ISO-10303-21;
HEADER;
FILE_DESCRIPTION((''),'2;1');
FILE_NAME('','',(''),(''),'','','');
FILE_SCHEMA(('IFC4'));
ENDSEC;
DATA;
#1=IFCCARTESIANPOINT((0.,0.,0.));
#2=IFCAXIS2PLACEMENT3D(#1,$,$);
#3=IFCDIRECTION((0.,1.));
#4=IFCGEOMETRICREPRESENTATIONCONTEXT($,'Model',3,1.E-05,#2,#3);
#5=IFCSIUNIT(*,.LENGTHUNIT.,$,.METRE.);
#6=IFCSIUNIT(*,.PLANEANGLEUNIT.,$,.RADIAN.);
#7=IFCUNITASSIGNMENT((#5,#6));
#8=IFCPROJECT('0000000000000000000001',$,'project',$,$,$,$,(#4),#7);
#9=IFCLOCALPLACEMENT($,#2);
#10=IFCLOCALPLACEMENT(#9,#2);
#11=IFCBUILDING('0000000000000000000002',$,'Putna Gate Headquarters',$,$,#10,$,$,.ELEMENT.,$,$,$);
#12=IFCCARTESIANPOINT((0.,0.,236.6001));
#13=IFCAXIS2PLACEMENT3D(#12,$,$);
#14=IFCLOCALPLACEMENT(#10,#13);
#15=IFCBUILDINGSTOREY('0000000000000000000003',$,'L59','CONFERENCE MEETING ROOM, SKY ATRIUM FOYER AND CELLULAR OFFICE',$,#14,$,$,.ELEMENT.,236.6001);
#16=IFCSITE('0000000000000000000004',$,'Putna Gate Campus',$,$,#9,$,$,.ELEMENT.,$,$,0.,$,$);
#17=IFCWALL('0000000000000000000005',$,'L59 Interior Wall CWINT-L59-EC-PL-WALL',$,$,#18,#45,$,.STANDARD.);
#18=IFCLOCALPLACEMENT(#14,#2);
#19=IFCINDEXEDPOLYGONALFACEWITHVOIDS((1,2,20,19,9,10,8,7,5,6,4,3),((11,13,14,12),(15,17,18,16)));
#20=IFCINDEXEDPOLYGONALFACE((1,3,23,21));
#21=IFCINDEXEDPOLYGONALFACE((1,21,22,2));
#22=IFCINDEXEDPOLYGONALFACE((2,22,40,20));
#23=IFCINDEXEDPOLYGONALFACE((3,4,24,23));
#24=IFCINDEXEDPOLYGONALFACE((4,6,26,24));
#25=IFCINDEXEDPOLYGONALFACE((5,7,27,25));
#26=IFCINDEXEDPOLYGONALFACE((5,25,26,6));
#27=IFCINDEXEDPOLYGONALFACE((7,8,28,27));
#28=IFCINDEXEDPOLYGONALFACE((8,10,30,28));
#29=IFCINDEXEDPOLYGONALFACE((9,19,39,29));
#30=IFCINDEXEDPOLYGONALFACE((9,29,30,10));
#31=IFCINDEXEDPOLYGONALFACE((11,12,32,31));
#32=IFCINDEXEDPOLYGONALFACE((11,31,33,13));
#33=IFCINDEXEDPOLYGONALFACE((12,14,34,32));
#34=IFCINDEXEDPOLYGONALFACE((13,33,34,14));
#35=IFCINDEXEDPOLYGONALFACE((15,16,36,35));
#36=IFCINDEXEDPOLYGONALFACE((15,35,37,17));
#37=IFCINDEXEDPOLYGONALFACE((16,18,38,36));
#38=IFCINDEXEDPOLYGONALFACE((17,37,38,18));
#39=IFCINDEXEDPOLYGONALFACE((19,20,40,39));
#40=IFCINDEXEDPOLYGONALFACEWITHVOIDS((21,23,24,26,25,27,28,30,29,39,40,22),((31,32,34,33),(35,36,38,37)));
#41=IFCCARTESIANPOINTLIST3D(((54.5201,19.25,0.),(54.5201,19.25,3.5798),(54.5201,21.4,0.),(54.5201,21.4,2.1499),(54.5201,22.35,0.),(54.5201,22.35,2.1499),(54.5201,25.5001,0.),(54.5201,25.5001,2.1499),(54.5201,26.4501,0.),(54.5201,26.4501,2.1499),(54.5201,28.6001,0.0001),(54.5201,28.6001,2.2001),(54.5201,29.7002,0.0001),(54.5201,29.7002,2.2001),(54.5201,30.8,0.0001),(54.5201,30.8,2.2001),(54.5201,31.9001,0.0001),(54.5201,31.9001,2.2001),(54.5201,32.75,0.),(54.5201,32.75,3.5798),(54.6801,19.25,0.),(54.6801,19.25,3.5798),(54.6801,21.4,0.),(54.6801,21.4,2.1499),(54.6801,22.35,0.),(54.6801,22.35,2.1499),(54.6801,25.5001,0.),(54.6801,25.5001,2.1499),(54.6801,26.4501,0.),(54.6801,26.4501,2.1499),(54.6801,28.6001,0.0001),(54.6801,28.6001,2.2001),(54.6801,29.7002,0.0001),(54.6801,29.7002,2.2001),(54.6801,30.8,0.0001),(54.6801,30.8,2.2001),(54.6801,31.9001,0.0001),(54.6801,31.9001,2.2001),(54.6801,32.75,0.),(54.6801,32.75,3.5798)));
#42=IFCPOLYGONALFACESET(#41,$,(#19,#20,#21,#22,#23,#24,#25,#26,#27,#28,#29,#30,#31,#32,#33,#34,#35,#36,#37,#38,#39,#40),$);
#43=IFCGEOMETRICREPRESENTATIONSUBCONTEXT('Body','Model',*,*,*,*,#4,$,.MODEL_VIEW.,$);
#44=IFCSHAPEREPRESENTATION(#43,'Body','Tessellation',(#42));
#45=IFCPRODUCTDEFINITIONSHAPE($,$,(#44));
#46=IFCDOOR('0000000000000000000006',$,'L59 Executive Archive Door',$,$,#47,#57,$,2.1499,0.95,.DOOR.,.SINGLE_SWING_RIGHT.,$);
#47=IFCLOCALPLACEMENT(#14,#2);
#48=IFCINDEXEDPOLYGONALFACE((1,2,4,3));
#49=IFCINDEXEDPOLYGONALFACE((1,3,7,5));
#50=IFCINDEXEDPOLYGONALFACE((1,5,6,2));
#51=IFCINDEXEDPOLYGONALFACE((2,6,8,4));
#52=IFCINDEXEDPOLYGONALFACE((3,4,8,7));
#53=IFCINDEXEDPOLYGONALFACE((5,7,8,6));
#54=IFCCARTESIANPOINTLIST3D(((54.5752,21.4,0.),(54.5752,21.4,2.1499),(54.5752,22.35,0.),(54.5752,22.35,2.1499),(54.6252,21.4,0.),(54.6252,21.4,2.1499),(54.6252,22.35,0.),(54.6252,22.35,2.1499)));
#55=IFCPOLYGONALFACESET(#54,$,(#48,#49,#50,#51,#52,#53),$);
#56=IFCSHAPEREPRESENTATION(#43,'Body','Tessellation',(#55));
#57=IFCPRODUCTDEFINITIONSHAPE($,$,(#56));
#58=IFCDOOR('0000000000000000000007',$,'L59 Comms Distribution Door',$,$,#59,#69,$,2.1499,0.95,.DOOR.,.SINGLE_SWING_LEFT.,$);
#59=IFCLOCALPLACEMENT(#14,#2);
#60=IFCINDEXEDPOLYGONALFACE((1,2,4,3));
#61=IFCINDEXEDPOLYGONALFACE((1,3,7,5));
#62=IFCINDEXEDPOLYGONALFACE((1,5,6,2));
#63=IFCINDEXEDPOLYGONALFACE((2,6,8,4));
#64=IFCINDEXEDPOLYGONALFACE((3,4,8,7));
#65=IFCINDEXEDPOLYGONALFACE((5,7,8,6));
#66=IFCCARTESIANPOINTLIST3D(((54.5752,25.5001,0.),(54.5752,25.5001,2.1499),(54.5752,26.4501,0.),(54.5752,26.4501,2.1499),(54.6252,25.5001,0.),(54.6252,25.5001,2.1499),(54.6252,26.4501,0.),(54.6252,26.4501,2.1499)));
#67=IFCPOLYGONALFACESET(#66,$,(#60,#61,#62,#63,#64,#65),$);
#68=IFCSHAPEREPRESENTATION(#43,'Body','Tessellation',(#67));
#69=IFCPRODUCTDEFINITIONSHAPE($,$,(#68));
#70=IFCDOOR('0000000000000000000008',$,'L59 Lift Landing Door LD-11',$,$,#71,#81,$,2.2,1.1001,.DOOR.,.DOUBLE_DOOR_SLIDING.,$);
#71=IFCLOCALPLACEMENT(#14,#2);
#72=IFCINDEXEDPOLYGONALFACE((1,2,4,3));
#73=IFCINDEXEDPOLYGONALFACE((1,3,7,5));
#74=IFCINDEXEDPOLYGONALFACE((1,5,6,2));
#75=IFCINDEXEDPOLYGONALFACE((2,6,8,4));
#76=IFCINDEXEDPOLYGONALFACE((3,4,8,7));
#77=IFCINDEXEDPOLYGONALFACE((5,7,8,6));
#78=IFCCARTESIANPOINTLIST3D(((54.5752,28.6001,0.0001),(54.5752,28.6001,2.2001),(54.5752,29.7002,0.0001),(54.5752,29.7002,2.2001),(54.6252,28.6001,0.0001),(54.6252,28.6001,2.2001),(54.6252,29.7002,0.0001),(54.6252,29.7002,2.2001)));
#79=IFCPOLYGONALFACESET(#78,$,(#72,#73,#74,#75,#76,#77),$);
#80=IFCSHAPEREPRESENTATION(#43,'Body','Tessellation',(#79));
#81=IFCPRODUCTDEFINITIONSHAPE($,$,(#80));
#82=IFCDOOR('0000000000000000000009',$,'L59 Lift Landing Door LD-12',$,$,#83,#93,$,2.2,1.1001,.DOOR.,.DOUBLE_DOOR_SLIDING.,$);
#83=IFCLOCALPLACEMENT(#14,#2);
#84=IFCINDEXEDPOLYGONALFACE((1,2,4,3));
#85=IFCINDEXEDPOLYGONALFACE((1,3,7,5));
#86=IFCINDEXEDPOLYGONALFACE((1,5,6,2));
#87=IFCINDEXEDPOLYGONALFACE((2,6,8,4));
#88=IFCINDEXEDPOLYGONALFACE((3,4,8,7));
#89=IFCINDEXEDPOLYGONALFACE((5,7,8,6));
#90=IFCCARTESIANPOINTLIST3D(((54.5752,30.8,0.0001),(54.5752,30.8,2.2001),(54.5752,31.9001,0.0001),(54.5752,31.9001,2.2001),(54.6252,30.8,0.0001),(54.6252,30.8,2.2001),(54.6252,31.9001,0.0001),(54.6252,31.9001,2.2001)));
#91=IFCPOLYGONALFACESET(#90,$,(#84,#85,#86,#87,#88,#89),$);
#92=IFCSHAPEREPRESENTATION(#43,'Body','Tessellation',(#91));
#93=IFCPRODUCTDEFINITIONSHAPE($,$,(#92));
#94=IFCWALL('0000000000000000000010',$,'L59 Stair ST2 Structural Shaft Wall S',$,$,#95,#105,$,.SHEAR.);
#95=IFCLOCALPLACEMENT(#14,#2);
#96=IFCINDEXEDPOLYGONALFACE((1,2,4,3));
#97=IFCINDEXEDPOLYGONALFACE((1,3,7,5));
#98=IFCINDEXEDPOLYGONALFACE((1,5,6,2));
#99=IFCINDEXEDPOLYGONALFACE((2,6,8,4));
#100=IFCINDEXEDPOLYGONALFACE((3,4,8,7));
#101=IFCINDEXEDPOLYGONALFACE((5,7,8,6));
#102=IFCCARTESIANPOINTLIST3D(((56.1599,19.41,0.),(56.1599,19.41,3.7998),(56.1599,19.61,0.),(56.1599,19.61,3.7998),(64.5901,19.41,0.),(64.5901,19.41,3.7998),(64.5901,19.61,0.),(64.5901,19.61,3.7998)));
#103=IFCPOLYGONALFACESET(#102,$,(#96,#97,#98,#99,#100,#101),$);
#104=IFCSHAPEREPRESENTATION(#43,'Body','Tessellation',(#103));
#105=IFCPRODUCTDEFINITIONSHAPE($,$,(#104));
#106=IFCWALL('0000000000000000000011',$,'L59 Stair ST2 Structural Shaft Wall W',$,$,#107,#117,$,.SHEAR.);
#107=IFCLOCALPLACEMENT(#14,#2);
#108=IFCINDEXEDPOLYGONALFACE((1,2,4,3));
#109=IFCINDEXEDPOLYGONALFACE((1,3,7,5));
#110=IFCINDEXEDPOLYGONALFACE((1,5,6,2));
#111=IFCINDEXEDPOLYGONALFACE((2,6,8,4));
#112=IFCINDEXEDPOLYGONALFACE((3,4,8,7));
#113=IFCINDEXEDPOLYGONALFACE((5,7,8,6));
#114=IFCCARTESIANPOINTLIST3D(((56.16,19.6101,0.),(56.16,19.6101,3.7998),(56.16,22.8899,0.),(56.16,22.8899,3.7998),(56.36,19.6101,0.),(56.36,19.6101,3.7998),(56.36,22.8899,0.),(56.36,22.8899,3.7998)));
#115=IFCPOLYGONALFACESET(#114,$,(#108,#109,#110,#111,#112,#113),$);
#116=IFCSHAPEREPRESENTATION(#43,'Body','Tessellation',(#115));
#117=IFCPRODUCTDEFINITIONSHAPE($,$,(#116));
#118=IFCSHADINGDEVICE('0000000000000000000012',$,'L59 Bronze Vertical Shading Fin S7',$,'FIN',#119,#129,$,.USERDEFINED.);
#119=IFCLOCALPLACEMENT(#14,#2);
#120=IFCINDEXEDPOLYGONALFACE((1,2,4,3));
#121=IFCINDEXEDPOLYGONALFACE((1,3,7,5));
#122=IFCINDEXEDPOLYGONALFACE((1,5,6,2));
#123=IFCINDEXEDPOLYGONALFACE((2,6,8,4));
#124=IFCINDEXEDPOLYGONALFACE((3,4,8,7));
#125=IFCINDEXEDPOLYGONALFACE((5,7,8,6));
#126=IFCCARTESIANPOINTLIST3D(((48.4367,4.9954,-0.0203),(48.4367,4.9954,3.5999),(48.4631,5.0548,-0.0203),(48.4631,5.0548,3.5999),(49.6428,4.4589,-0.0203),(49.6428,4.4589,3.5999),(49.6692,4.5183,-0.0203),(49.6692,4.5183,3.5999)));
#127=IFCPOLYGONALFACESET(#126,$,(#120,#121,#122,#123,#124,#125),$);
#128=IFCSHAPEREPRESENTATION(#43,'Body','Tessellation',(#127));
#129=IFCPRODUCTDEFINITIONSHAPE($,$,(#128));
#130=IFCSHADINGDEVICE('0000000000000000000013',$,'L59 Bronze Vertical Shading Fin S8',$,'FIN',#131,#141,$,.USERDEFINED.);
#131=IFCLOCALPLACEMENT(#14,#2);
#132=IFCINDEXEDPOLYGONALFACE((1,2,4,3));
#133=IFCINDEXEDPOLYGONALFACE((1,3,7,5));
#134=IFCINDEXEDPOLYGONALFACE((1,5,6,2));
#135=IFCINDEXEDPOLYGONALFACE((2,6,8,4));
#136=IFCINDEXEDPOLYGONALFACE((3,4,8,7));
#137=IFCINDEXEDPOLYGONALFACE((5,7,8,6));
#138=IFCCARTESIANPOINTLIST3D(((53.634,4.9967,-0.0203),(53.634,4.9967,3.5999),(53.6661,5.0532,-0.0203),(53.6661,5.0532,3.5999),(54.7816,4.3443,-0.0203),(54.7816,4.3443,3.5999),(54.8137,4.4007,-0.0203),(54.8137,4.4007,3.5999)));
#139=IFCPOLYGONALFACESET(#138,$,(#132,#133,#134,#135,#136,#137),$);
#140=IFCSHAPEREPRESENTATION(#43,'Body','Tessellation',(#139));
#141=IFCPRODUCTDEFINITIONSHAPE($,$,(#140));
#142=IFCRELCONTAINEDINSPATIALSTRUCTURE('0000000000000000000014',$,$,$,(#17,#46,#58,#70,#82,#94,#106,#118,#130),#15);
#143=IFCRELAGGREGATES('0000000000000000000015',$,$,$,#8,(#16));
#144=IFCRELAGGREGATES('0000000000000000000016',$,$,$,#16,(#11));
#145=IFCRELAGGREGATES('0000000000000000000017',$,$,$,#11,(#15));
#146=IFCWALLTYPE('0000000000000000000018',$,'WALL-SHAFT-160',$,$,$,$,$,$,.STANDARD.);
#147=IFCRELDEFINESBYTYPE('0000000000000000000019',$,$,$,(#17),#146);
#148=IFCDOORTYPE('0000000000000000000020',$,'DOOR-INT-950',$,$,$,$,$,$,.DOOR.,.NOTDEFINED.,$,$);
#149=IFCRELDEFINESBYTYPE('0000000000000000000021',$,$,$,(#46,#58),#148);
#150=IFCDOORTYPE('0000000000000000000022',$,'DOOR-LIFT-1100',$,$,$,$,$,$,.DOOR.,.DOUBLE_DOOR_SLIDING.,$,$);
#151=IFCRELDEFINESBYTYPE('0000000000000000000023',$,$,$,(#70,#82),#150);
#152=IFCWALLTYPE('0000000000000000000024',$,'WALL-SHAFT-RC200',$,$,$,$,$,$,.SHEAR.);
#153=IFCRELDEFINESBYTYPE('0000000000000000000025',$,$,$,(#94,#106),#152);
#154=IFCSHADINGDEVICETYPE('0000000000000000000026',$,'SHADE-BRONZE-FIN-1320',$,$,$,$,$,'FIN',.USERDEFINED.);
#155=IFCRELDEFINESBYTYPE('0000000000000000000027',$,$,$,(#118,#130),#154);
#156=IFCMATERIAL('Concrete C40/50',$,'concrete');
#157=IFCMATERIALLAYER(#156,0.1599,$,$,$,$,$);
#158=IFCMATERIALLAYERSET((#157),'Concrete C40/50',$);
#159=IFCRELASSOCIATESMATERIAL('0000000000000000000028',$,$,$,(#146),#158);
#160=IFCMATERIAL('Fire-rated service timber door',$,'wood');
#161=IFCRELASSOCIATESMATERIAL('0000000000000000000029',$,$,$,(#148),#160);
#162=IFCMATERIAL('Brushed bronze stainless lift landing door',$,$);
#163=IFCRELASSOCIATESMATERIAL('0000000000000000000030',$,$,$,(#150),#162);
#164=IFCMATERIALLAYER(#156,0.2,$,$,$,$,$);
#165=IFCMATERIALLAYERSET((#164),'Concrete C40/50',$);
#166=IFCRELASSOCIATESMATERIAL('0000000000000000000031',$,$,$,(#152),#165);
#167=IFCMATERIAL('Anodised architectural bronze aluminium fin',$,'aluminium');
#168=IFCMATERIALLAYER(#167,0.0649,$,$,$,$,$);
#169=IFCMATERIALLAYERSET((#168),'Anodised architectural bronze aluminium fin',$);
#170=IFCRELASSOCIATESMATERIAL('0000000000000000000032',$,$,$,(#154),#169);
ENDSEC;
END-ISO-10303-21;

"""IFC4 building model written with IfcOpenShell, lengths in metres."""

from ifc_helpers import new_model, si_unit, direction, frame, frame_2d, origin, origin_2d, place, context, subcontext, project, spatial, rectangle, extrude, material, layer, layer_set, type_object, element, fill, save


model = new_model("IFC4")

# Units and contexts
model_context = context("Model", 3, precision=1e-05, world=origin(), true_north=direction((0.0, 1.0)))
body_context = subcontext(model_context, "Body", "Model", "MODEL_VIEW")
ifc_project = project(units=[si_unit("LENGTHUNIT", "METRE"), si_unit("PLANEANGLEUNIT", "RADIAN")], contexts=[model_context])

# Site, building, storey
site_placement = place(None, origin())
site = spatial("IfcSite", under=ifc_project, at=site_placement, Name="Putna Gate Campus", CompositionType="ELEMENT", RefElevation=0.0)
building_placement = place(site_placement, origin())
building = spatial("IfcBuilding", under=site, at=building_placement, Name="Putna Gate Headquarters", CompositionType="ELEMENT")
storey_placement = place(building_placement, frame((0.0, 0.0, 236.6001)))
storey = spatial("IfcBuildingStorey", under=building, at=storey_placement, Name="L59", Description="CONFERENCE MEETING ROOM, SKY ATRIUM FOYER AND CELLULAR OFFICE", CompositionType="ELEMENT", Elevation=236.6001)

# Wall, openings, doors
ifc_material_1 = material(Name="Concrete C40/50", Category="concrete")
ifc_layer_1 = layer(ifc_material_1, 0.1599)
ifc_layer_set_1 = layer_set([ifc_layer_1], Name="Concrete C40/50")
wall_type_1 = type_object("IfcWallType", Name="WALL-SHAFT-160", PredefinedType="STANDARD", material=ifc_layer_set_1)
wall_1_placement = place(storey_placement, frame((54.6001, 19.25, 0.0), z_axis=(0.0, 0.0, 1.0), x_axis=(0.0, 1.0, 0.0)))
wall_1 = element("IfcWall", 1, at=wall_1_placement, inside=storey, type_object=wall_type_1, Name="L59 Interior Wall CWINT-L59-EC-PL-WALL", PredefinedType="STANDARD", context=body_context, shape_type="SweptSolid", body=[
    extrude(rectangle(XDim=13.5, YDim=0.1599, at=frame_2d((6.75, 0.0))), origin(), (0.0, 0.0, 1.0), 3.5798),
])
opening_1_placement = place(wall_1_placement, frame((2.1499, 0.0, 0.0)))
opening_1 = element("IfcOpeningElement", 2, at=opening_1_placement, cuts=wall_1, PredefinedType="OPENING", context=body_context, shape_type="SweptSolid", body=[
    extrude(rectangle(XDim=0.95, YDim=2.1499, at=frame_2d((0.4751, 1.075))), frame((0.0, 0.0898, 0.0), z_axis=(0.0, -1.0, 0.0), x_axis=(1.0, 0.0, 0.0)), (0.0, 0.0, 1.0), 0.1799),
])
opening_2_placement = place(wall_1_placement, frame((6.25, 0.0, 0.0)))
opening_2 = element("IfcOpeningElement", 3, at=opening_2_placement, cuts=wall_1, PredefinedType="OPENING", context=body_context, shape_type="SweptSolid", body=[
    extrude(rectangle(XDim=0.95, YDim=2.1499, at=frame_2d((0.4751, 1.075))), frame((0.0, 0.0898, 0.0), z_axis=(0.0, -1.0, 0.0), x_axis=(1.0, 0.0, 0.0)), (0.0, 0.0, 1.0), 0.1799),
])
opening_3_placement = place(wall_1_placement, frame((9.3501, 0.0, 0.0)))
opening_3 = element("IfcOpeningElement", 4, at=opening_3_placement, cuts=wall_1, PredefinedType="OPENING", context=body_context, shape_type="SweptSolid", body=[
    extrude(rectangle(XDim=1.1001, YDim=2.2, at=frame_2d((0.55, 1.1001))), frame((0.0, 0.0898, 0.0), z_axis=(0.0, -1.0, 0.0), x_axis=(1.0, 0.0, 0.0)), (0.0, 0.0, 1.0), 0.1799),
])
opening_4_placement = place(wall_1_placement, frame((11.55, 0.0, 0.0)))
opening_4 = element("IfcOpeningElement", 5, at=opening_4_placement, cuts=wall_1, PredefinedType="OPENING", context=body_context, shape_type="SweptSolid", body=[
    extrude(rectangle(XDim=1.1001, YDim=2.2, at=frame_2d((0.55, 1.1001))), frame((0.0, 0.0898, 0.0), z_axis=(0.0, -1.0, 0.0), x_axis=(1.0, 0.0, 0.0)), (0.0, 0.0, 1.0), 0.1799),
])
ifc_material_2 = material(Name="Fire-rated service timber door", Category="wood")
door_type_1 = type_object("IfcDoorType", Name="DOOR-INT-950", OperationType="NOTDEFINED", PredefinedType="DOOR", material=ifc_material_2)
door_1_placement = place(opening_1_placement, origin())
door_1 = element("IfcDoor", 6, at=door_1_placement, inside=storey, type_object=door_type_1, Name="L59 Executive Archive Door", OperationType="SINGLE_SWING_RIGHT", OverallHeight=2.1499, OverallWidth=0.95, PredefinedType="DOOR", context=body_context, shape_type="SweptSolid", body=[
    extrude(rectangle(XDim=0.95, YDim=2.1499, at=frame_2d((0.4751, 1.075))), frame((0.0, 0.0249, 0.0), z_axis=(0.0, -1.0, 0.0), x_axis=(1.0, 0.0, 0.0)), (0.0, 0.0, 1.0), 0.05),
])
fill(opening_1, door_1)
door_2_placement = place(opening_2_placement, origin())
door_2 = element("IfcDoor", 7, at=door_2_placement, inside=storey, type_object=door_type_1, Name="L59 Comms Distribution Door", OperationType="SINGLE_SWING_LEFT", OverallHeight=2.1499, OverallWidth=0.95, PredefinedType="DOOR", context=body_context, shape_type="SweptSolid", body=[
    extrude(rectangle(XDim=0.95, YDim=2.1499, at=frame_2d((0.4751, 1.075))), frame((0.0, 0.0249, 0.0), z_axis=(0.0, -1.0, 0.0), x_axis=(1.0, 0.0, 0.0)), (0.0, 0.0, 1.0), 0.05),
])
fill(opening_2, door_2)
ifc_material_3 = material(Name="Brushed bronze stainless lift landing door")
door_type_2 = type_object("IfcDoorType", Name="DOOR-LIFT-1100", OperationType="DOUBLE_DOOR_SLIDING", PredefinedType="DOOR", material=ifc_material_3)
door_3_placement = place(opening_3_placement, origin())
door_3 = element("IfcDoor", 8, at=door_3_placement, inside=storey, type_object=door_type_2, Name="L59 Lift Landing Door LD-11", OperationType="DOUBLE_DOOR_SLIDING", OverallHeight=2.2, OverallWidth=1.1001, PredefinedType="DOOR", context=body_context, shape_type="SweptSolid", body=[
    extrude(rectangle(XDim=1.1001, YDim=2.2, at=frame_2d((0.55, 1.1001))), frame((0.0, 0.0249, 0.0), z_axis=(0.0, -1.0, 0.0), x_axis=(1.0, 0.0, 0.0)), (0.0, 0.0, 1.0), 0.05),
])
fill(opening_3, door_3)
door_4_placement = place(opening_4_placement, origin())
door_4 = element("IfcDoor", 9, at=door_4_placement, inside=storey, type_object=door_type_2, Name="L59 Lift Landing Door LD-12", OperationType="DOUBLE_DOOR_SLIDING", OverallHeight=2.2, OverallWidth=1.1001, PredefinedType="DOOR", context=body_context, shape_type="SweptSolid", body=[
    extrude(rectangle(XDim=1.1001, YDim=2.2, at=frame_2d((0.55, 1.1001))), frame((0.0, 0.0249, 0.0), z_axis=(0.0, -1.0, 0.0), x_axis=(1.0, 0.0, 0.0)), (0.0, 0.0, 1.0), 0.05),
])
fill(opening_4, door_4)

# Walls
ifc_layer_2 = layer(ifc_material_1, 0.2)
ifc_layer_set_2 = layer_set([ifc_layer_2], Name="Concrete C40/50")
wall_type_2 = type_object("IfcWallType", Name="WALL-SHAFT-RC200", PredefinedType="SHEAR", material=ifc_layer_set_2)
wall_2_placement = place(storey_placement, frame((56.1599, 19.51, 0.0), z_axis=(0.0, 0.0, 1.0), x_axis=(1.0, 0.0, 0.0)))
element("IfcWall", 10, at=wall_2_placement, inside=storey, type_object=wall_type_2, Name="L59 Stair ST2 Structural Shaft Wall S", PredefinedType="SHEAR", context=body_context, shape_type="SweptSolid", body=[
    extrude(rectangle(XDim=8.4302, YDim=0.2, at=frame_2d((4.2151, 0.0))), origin(), (0.0, 0.0, 1.0), 3.7998),
])
wall_3_placement = place(storey_placement, frame((56.26, 19.6101, 0.0), z_axis=(0.0, 0.0, 1.0), x_axis=(0.0, 1.0, 0.0)))
element("IfcWall", 11, at=wall_3_placement, inside=storey, type_object=wall_type_2, Name="L59 Stair ST2 Structural Shaft Wall W", PredefinedType="SHEAR", context=body_context, shape_type="SweptSolid", body=[
    extrude(rectangle(XDim=3.2798, YDim=0.2, at=frame_2d((1.6399, 0.0))), origin(), (0.0, 0.0, 1.0), 3.7998),
])

# Shading devices
ifc_material_4 = material(Name="Anodised architectural bronze aluminium fin", Category="aluminium")
ifc_layer_3 = layer(ifc_material_4, 0.0649)
ifc_layer_set_3 = layer_set([ifc_layer_3], Name="Anodised architectural bronze aluminium fin")
shading_device_type = type_object("IfcShadingDeviceType", Name="SHADE-BRONZE-FIN-1320", ElementType="FIN", PredefinedType="USERDEFINED", material=ifc_layer_set_3)
for number, where, z_axis, x_axis, name in (
    (12, (49.053, 4.7568, -0.0203), (0.0, 0.0, 1.0), (0.913687, -0.406418, 0.0), "L59 Bronze Vertical Shading Fin S7"),
    (13, (54.2239, 4.6987, -0.0203), (0.0, 0.0, 1.0), (0.869322, -0.494245, 0.0), "L59 Bronze Vertical Shading Fin S8"),
):
    element("IfcShadingDevice", number, at=place(storey_placement, frame(where, z_axis=z_axis, x_axis=x_axis)), inside=storey, type_object=shading_device_type, Name=name, ObjectType="FIN", PredefinedType="USERDEFINED", context=body_context, shape_type="SweptSolid", body=[
        extrude(rectangle(XDim=1.3201, YDim=0.0649, at=origin_2d()), origin(), (0.0, 0.0, 1.0), 3.6201),
    ])

save(model, "model.ifc")
